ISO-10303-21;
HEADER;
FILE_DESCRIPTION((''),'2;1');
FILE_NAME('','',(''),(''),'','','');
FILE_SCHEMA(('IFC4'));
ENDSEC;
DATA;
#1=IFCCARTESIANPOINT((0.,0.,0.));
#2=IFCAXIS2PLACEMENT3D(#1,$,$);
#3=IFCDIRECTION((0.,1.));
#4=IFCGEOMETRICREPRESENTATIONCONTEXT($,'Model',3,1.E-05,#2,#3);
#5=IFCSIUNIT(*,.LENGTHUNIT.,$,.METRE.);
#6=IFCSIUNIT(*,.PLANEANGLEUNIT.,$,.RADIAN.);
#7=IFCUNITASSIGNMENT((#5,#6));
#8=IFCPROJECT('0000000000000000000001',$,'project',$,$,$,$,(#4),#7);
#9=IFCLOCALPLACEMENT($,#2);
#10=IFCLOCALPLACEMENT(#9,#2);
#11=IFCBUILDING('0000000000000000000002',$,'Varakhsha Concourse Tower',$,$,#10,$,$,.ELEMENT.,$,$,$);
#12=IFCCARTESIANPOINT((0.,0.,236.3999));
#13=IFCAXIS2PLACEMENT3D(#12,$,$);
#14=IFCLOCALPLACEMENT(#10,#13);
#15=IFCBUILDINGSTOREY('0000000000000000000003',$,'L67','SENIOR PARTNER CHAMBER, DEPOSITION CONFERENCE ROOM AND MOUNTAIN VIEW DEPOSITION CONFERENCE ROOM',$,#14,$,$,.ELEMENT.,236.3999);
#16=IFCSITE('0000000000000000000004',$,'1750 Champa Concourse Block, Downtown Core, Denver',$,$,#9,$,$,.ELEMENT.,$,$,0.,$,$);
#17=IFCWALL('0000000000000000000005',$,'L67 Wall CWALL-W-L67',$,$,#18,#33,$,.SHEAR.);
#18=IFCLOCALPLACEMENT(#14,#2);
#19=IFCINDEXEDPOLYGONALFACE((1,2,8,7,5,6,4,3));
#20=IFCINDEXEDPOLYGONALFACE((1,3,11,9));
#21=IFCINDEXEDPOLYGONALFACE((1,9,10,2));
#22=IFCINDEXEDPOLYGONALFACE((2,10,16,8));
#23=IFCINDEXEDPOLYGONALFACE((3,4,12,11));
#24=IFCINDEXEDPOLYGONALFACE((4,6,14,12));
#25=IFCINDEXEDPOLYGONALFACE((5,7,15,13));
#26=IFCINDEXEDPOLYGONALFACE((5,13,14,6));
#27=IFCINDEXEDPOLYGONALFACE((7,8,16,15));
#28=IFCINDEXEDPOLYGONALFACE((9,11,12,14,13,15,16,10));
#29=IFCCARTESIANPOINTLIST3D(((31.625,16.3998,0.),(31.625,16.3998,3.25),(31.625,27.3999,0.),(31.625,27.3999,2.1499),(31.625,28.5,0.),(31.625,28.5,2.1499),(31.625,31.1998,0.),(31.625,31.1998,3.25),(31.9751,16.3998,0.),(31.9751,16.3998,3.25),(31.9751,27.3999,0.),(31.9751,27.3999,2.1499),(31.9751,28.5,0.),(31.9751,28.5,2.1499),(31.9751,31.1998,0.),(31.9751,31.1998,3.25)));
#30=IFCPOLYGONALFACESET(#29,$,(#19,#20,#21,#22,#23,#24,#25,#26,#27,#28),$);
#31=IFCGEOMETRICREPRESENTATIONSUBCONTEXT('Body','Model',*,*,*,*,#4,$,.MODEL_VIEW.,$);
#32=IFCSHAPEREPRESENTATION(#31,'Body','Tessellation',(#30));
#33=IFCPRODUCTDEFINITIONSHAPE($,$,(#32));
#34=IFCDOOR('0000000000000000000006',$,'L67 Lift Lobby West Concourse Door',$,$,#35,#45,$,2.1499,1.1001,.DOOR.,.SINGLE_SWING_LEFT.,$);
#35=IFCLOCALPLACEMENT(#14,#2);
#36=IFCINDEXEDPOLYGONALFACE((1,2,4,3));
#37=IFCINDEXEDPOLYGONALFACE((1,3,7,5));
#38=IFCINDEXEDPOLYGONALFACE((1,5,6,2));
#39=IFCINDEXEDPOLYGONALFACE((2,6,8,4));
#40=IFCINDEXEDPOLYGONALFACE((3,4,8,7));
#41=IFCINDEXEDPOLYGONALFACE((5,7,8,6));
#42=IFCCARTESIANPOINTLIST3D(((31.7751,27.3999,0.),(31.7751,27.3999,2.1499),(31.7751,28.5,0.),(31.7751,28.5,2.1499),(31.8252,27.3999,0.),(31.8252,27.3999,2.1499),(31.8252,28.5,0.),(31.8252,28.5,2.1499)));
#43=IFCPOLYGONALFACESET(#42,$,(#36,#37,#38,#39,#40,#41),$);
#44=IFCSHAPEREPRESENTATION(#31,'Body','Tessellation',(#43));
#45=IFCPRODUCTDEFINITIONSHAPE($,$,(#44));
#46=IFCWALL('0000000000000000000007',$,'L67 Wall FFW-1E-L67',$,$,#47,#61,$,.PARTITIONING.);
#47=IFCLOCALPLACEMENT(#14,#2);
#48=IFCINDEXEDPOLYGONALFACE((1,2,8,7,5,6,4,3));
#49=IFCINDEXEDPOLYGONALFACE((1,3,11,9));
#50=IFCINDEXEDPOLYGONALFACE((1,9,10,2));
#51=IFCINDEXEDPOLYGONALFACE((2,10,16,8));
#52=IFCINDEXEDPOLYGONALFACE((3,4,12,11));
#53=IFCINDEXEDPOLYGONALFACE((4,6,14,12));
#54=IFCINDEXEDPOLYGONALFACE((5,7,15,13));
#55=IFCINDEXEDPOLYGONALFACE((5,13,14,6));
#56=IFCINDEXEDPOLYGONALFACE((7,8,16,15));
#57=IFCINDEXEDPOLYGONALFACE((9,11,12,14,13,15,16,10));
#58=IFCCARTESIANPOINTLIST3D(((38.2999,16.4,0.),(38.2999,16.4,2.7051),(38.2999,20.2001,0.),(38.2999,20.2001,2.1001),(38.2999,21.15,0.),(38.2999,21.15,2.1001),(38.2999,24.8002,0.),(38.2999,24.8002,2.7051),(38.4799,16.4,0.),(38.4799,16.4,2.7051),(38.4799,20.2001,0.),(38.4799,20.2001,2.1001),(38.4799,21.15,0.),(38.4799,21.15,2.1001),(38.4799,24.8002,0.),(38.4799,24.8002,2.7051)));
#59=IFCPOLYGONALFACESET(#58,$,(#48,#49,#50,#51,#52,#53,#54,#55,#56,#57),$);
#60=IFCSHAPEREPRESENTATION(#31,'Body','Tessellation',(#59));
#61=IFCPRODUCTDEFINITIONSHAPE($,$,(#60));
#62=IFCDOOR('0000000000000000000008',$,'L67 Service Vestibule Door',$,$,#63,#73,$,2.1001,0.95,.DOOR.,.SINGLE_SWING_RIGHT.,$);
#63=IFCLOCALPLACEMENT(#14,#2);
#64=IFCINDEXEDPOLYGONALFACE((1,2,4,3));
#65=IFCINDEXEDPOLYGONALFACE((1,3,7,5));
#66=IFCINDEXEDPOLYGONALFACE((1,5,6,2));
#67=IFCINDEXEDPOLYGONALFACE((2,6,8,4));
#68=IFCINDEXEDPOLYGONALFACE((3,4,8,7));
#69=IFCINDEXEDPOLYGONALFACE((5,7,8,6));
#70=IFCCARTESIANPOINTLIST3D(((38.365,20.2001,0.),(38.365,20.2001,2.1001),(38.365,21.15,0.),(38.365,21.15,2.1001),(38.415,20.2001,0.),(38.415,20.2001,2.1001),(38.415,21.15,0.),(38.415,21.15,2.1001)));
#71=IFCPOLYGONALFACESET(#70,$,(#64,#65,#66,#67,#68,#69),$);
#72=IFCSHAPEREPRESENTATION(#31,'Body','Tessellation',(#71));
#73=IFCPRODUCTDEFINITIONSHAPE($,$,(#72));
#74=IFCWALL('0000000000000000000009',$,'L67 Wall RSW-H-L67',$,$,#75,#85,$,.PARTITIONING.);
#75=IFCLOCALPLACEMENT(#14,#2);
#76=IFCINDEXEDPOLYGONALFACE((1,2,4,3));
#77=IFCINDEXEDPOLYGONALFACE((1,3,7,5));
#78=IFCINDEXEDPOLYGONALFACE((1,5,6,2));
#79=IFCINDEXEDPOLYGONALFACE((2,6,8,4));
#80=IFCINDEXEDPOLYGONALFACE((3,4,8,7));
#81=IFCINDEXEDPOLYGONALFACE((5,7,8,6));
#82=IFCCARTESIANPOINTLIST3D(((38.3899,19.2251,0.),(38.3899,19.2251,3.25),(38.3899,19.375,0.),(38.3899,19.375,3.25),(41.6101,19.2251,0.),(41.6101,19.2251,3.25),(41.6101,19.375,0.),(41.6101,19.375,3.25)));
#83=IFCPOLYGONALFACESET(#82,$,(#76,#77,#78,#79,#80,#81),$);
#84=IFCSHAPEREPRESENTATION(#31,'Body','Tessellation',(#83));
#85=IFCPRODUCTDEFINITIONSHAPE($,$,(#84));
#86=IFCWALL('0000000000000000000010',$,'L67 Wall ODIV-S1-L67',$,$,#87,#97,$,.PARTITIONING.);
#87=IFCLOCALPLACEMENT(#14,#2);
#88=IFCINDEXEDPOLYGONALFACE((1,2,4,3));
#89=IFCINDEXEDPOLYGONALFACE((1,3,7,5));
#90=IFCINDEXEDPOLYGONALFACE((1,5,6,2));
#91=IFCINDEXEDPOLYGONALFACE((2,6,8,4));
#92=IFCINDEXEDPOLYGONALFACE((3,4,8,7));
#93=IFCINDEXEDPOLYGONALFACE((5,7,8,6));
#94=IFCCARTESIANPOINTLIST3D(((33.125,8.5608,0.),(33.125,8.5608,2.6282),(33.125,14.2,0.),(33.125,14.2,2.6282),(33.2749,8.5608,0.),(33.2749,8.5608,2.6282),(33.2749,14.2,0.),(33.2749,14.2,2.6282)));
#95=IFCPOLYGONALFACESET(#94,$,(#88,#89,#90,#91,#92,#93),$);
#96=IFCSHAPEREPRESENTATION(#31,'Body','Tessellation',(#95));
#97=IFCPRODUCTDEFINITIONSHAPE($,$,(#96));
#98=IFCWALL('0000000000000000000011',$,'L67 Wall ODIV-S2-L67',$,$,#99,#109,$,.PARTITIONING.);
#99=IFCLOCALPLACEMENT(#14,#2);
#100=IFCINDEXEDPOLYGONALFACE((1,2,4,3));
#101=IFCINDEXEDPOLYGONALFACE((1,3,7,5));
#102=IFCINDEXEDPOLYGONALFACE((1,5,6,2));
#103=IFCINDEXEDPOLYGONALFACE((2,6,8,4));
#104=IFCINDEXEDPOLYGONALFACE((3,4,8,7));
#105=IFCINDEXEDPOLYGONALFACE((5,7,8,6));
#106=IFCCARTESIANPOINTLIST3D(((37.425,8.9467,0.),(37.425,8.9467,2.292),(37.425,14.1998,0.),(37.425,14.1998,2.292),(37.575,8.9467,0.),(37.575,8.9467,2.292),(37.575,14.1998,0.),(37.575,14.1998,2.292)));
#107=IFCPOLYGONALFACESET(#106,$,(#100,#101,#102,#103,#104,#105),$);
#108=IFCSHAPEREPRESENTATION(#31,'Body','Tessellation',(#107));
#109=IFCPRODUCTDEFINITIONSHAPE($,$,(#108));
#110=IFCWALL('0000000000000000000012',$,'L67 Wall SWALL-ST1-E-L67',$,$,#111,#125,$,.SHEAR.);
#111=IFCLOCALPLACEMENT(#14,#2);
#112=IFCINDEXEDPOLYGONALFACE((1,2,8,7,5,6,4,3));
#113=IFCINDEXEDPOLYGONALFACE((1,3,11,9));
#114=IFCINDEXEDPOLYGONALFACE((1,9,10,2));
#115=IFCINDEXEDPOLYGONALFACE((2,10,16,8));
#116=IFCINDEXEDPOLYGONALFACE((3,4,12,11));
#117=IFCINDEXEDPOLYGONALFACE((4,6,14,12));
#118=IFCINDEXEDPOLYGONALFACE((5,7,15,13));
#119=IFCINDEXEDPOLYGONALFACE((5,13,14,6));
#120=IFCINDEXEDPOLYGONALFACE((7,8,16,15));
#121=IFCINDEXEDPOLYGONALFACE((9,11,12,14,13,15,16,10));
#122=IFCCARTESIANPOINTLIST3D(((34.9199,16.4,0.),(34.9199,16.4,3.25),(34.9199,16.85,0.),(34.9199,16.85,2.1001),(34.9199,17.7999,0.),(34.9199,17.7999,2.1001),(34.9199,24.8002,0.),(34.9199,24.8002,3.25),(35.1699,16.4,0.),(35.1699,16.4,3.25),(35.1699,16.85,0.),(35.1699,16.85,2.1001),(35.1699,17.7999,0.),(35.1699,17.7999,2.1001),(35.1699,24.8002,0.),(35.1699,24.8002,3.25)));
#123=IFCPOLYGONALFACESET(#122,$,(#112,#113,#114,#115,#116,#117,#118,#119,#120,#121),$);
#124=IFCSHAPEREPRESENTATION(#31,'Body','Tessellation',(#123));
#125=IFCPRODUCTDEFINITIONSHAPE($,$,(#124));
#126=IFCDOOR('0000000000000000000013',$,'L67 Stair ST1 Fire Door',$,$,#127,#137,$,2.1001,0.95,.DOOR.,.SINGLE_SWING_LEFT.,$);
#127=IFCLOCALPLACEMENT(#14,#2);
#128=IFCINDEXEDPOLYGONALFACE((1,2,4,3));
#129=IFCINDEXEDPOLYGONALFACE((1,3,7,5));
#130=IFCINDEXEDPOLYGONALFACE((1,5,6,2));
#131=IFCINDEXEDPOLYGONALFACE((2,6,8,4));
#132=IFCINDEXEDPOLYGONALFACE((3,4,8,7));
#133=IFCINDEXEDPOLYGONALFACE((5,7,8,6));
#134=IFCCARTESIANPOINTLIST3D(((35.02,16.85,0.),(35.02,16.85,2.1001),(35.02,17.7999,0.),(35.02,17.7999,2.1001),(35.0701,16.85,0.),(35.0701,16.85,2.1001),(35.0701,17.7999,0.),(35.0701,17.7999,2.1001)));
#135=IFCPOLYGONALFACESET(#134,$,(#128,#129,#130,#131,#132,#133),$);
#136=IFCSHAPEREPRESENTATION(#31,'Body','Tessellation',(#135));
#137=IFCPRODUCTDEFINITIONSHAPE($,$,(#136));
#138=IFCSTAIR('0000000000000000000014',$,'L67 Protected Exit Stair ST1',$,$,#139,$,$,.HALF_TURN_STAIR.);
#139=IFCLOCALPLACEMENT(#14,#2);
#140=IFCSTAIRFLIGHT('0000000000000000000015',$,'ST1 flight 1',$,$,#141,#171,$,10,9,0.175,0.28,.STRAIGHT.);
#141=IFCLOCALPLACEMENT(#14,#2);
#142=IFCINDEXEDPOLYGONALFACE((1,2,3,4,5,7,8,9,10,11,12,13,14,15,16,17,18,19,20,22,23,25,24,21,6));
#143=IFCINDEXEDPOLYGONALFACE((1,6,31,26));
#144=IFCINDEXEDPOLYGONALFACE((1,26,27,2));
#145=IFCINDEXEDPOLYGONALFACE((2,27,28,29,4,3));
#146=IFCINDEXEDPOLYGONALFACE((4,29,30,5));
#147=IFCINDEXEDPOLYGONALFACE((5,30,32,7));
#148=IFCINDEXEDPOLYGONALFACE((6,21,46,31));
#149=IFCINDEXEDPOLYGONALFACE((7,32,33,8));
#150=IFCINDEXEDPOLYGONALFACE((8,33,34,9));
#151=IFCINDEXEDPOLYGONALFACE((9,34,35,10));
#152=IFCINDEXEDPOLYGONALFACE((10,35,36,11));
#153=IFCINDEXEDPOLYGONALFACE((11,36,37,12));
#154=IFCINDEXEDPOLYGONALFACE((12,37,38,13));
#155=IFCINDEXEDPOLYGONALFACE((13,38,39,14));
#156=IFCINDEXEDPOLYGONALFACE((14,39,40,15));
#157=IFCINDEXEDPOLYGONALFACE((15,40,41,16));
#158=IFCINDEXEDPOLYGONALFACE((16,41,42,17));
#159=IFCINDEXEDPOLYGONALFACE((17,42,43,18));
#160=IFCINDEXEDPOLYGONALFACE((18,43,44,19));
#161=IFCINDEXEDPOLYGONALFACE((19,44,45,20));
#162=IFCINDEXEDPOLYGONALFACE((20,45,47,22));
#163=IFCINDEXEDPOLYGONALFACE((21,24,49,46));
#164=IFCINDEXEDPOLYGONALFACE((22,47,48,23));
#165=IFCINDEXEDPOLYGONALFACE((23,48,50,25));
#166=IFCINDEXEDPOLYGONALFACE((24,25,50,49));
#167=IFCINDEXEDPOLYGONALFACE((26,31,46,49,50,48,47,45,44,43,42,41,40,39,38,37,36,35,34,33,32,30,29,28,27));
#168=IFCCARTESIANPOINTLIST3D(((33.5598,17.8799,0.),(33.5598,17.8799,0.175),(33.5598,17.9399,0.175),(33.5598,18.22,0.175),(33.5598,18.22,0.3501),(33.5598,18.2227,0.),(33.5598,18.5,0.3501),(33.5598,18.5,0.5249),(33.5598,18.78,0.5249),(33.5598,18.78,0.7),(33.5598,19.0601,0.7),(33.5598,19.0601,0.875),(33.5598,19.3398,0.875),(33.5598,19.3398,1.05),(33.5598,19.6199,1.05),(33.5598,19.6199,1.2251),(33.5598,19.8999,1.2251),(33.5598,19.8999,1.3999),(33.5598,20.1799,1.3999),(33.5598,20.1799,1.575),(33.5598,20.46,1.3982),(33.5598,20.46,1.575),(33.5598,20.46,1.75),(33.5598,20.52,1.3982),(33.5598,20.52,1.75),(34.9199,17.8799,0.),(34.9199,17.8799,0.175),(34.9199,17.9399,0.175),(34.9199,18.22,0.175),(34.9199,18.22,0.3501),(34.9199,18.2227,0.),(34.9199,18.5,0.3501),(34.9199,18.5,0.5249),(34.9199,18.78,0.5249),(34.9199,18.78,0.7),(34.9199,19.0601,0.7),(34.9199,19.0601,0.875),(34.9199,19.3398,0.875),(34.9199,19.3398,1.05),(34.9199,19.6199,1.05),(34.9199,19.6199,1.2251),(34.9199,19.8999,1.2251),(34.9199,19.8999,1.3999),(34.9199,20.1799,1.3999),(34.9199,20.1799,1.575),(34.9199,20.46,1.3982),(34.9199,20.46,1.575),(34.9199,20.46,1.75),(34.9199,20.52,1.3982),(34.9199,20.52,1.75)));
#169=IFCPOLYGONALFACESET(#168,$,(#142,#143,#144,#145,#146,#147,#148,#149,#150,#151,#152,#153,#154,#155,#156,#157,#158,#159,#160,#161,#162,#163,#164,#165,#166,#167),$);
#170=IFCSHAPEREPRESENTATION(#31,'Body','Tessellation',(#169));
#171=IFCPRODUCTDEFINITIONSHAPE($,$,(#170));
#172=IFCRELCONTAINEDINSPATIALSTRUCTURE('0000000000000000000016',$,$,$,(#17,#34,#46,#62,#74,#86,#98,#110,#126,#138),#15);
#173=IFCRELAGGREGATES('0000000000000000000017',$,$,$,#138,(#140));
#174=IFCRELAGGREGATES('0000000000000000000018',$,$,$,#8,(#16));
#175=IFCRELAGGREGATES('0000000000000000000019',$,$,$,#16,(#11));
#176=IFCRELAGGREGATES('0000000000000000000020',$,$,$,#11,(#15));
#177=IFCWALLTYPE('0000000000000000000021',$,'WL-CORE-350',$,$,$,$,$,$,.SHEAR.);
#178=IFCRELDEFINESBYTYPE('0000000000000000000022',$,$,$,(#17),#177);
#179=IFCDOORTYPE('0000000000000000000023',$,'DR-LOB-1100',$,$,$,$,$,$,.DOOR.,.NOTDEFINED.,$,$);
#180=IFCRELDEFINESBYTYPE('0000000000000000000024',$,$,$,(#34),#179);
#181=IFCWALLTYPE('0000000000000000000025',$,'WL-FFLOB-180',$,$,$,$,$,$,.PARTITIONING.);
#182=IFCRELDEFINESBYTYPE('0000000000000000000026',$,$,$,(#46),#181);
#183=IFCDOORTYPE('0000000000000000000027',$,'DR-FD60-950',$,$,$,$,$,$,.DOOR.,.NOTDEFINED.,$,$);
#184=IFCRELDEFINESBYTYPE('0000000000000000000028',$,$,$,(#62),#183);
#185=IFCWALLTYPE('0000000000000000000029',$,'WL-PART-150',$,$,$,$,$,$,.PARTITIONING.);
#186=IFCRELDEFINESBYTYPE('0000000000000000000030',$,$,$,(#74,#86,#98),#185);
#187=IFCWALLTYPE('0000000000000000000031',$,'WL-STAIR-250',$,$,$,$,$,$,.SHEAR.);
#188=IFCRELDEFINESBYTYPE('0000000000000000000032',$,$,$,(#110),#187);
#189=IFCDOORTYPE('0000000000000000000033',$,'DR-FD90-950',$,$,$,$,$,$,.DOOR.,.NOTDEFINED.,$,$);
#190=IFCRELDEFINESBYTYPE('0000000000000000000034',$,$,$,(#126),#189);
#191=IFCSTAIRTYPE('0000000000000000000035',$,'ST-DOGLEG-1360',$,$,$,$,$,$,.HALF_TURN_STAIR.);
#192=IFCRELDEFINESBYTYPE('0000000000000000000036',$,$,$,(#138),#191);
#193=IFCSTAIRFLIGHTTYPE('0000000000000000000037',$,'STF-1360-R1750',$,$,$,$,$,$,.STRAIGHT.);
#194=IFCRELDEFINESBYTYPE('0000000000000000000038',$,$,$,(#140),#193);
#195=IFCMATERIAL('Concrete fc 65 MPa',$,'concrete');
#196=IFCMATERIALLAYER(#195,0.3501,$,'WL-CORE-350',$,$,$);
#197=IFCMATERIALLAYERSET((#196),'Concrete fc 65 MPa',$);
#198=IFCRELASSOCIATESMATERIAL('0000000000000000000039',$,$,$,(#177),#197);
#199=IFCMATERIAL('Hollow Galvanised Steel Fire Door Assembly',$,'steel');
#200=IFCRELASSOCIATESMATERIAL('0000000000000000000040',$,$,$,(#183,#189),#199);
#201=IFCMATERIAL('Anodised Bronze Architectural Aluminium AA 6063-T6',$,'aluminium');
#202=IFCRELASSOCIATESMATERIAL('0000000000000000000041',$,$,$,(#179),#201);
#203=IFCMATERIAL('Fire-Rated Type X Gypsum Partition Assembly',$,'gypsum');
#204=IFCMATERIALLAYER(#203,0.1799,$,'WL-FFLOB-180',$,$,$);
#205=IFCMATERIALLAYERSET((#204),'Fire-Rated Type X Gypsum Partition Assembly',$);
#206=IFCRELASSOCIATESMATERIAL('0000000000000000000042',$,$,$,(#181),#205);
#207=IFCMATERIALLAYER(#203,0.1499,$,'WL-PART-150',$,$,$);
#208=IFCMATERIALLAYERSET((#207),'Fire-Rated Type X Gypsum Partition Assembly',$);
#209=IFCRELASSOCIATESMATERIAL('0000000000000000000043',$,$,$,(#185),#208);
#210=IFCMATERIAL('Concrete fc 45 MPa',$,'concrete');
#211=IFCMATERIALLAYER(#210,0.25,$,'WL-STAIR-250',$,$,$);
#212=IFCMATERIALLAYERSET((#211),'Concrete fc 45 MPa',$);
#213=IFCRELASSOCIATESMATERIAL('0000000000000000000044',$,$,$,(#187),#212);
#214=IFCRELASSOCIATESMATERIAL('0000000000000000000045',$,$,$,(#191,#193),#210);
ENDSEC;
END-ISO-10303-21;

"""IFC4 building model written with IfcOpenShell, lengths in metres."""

from ifc_helpers import new_model, si_unit, direction, frame, frame_2d, origin, place, context, subcontext, project, spatial, polyline, rectangle, outline, extrude, material, layer, layer_set, type_object, element, fill, aggregate, save


model = new_model("IFC4")

# Units and contexts
model_context = context("Model", 3, precision=1e-05, world=origin(), true_north=direction((0.0, 1.0)))
body_context = subcontext(model_context, "Body", "Model", "MODEL_VIEW")
ifc_project = project(units=[si_unit("LENGTHUNIT", "METRE"), si_unit("PLANEANGLEUNIT", "RADIAN")], contexts=[model_context])

# Site, building, storey
site_placement = place(None, origin())
site = spatial("IfcSite", under=ifc_project, at=site_placement, Name="1750 Champa Concourse Block, Downtown Core, Denver", CompositionType="ELEMENT", RefElevation=0.0)
building_placement = place(site_placement, origin())
building = spatial("IfcBuilding", under=site, at=building_placement, Name="Varakhsha Concourse Tower", CompositionType="ELEMENT")
storey_placement = place(building_placement, frame((0.0, 0.0, 236.3999)))
storey = spatial("IfcBuildingStorey", under=building, at=storey_placement, Name="L67", Description="SENIOR PARTNER CHAMBER, DEPOSITION CONFERENCE ROOM AND MOUNTAIN VIEW DEPOSITION CONFERENCE ROOM", CompositionType="ELEMENT", Elevation=236.3999)

# Shared definitions
ifc_material_1 = material(Name="Concrete fc 65 MPa", Category="concrete")

# Shared definitions
ifc_material_2 = material(Name="Anodised Bronze Architectural Aluminium AA 6063-T6", Category="aluminium")

# Shared definitions
ifc_layer_1 = layer(ifc_material_1, 0.3501, Name="WL-CORE-350")
ifc_layer_set_1 = layer_set([ifc_layer_1], Name="Concrete fc 65 MPa")
wall_type_1 = type_object("IfcWallType", Name="WL-CORE-350", PredefinedType="SHEAR", material=ifc_layer_set_1)
ifc_material_3 = material(Name="Hollow Galvanised Steel Fire Door Assembly", Category="steel")
door_type_1 = type_object("IfcDoorType", Name="DR-FD60-950", OperationType="NOTDEFINED", PredefinedType="DOOR", material=ifc_material_3)

# Walls, openings, doors
wall_1_placement = place(storey_placement, frame((31.8, 16.3999, 0.0), z_axis=(0.0, 0.0, 1.0), x_axis=(0.0, 1.0, 0.0)))
wall_1 = element("IfcWall", 1, at=wall_1_placement, inside=storey, type_object=wall_type_1, Name="L67 Wall CWALL-W-L67", PredefinedType="SHEAR", context=body_context, shape_type="SweptSolid", body=[
    extrude(rectangle(XDim=14.8, YDim=0.3501, at=frame_2d((7.3999, 0.0))), origin(), (0.0, 0.0, 1.0), 3.25),
])
opening_1_placement = place(wall_1_placement, frame((11.0, 0.0, 0.0)))
opening_1 = element("IfcOpeningElement", 2, at=opening_1_placement, cuts=wall_1, PredefinedType="OPENING", context=body_context, shape_type="SweptSolid", body=[
    extrude(rectangle(XDim=1.1001, YDim=2.1499, at=frame_2d((0.55, 1.075))), frame((0.0, 0.1851, 0.0), z_axis=(0.0, -1.0, 0.0), x_axis=(1.0, 0.0, 0.0)), (0.0, 0.0, 1.0), 0.3701),
])
door_type_2 = type_object("IfcDoorType", Name="DR-LOB-1100", OperationType="NOTDEFINED", PredefinedType="DOOR", material=ifc_material_2)
door_1_placement = place(opening_1_placement, origin())
door_1 = element("IfcDoor", 3, at=door_1_placement, inside=storey, type_object=door_type_2, Name="L67 Lift Lobby West Concourse Door", OperationType="SINGLE_SWING_LEFT", OverallHeight=2.1499, OverallWidth=1.1001, PredefinedType="DOOR", context=body_context, shape_type="SweptSolid", body=[
    extrude(rectangle(XDim=1.1001, YDim=2.1499, at=frame_2d((0.55, 1.075))), frame((0.0, 0.0249, 0.0), z_axis=(0.0, -1.0, 0.0), x_axis=(1.0, 0.0, 0.0)), (0.0, 0.0, 1.0), 0.05),
])
fill(opening_1, door_1)
ifc_material_4 = material(Name="Fire-Rated Type X Gypsum Partition Assembly", Category="gypsum")
ifc_layer_2 = layer(ifc_material_4, 0.1799, Name="WL-FFLOB-180")
ifc_layer_set_2 = layer_set([ifc_layer_2], Name="Fire-Rated Type X Gypsum Partition Assembly")
wall_type_2 = type_object("IfcWallType", Name="WL-FFLOB-180", PredefinedType="PARTITIONING", material=ifc_layer_set_2)
wall_2_placement = place(storey_placement, frame((38.3899, 16.3999, 0.0), z_axis=(0.0, 0.0, 1.0), x_axis=(0.0, 1.0, 0.0)))
wall_2 = element("IfcWall", 4, at=wall_2_placement, inside=storey, type_object=wall_type_2, Name="L67 Wall FFW-1E-L67", PredefinedType="PARTITIONING", context=body_context, shape_type="SweptSolid", body=[
    extrude(rectangle(XDim=8.4001, YDim=0.1799, at=frame_2d((4.2002, 0.0))), origin(), (0.0, 0.0, 1.0), 2.7051),
])
opening_2_placement = place(wall_2_placement, frame((3.8, 0.0, 0.0)))
opening_2 = element("IfcOpeningElement", 5, at=opening_2_placement, cuts=wall_2, PredefinedType="OPENING", context=body_context, shape_type="SweptSolid", body=[
    extrude(rectangle(XDim=0.95, YDim=2.1001, at=frame_2d((0.4751, 1.05))), frame((0.0, 0.0999, 0.0), z_axis=(0.0, -1.0, 0.0), x_axis=(1.0, 0.0, 0.0)), (0.0, 0.0, 1.0), 0.2),
])
door_2_placement = place(opening_2_placement, origin())
door_2 = element("IfcDoor", 6, at=door_2_placement, inside=storey, type_object=door_type_1, Name="L67 Service Vestibule Door", OperationType="SINGLE_SWING_RIGHT", OverallHeight=2.1001, OverallWidth=0.95, PredefinedType="DOOR", context=body_context, shape_type="SweptSolid", body=[
    extrude(rectangle(XDim=0.95, YDim=2.1001, at=frame_2d((0.4751, 1.05))), frame((0.0, 0.0249, 0.0), z_axis=(0.0, -1.0, 0.0), x_axis=(1.0, 0.0, 0.0)), (0.0, 0.0, 1.0), 0.05),
])
fill(opening_2, door_2)

# Walls
ifc_layer_3 = layer(ifc_material_4, 0.1499, Name="WL-PART-150")
ifc_layer_set_3 = layer_set([ifc_layer_3], Name="Fire-Rated Type X Gypsum Partition Assembly")
wall_type_3 = type_object("IfcWallType", Name="WL-PART-150", PredefinedType="PARTITIONING", material=ifc_layer_set_3)
wall_3_placement = place(storey_placement, frame((38.3899, 19.3, 0.0), z_axis=(0.0, 0.0, 1.0), x_axis=(1.0, 0.0, 0.0)))
element("IfcWall", 7, at=wall_3_placement, inside=storey, type_object=wall_type_3, Name="L67 Wall RSW-H-L67", PredefinedType="PARTITIONING", context=body_context, shape_type="SweptSolid", body=[
    extrude(rectangle(XDim=3.2202, YDim=0.1499, at=frame_2d((1.6101, 0.0))), origin(), (0.0, 0.0, 1.0), 3.25),
])
wall_4_placement = place(storey_placement, frame((33.2, 8.5608, 0.0), z_axis=(0.0, 0.0, 1.0), x_axis=(0.0, 1.0, 0.0)))
element("IfcWall", 8, at=wall_4_placement, inside=storey, type_object=wall_type_3, Name="L67 Wall ODIV-S1-L67", PredefinedType="PARTITIONING", context=body_context, shape_type="SweptSolid", body=[
    extrude(rectangle(XDim=5.6392, YDim=0.1499, at=frame_2d((2.8196, 0.0))), origin(), (0.0, 0.0, 1.0), 2.6282),
])
wall_5_placement = place(storey_placement, frame((37.5, 8.9468, 0.0), z_axis=(0.0, 0.0, 1.0), x_axis=(0.0, 1.0, 0.0)))
element("IfcWall", 9, at=wall_5_placement, inside=storey, type_object=wall_type_3, Name="L67 Wall ODIV-S2-L67", PredefinedType="PARTITIONING", context=body_context, shape_type="SweptSolid", body=[
    extrude(rectangle(XDim=5.2532, YDim=0.1499, at=frame_2d((2.6265, 0.0))), origin(), (0.0, 0.0, 1.0), 2.292),
])

# Wall, opening, door
ifc_material_5 = material(Name="Concrete fc 45 MPa", Category="concrete")
ifc_layer_4 = layer(ifc_material_5, 0.25, Name="WL-STAIR-250")
ifc_layer_set_4 = layer_set([ifc_layer_4], Name="Concrete fc 45 MPa")
wall_type_4 = type_object("IfcWallType", Name="WL-STAIR-250", PredefinedType="SHEAR", material=ifc_layer_set_4)
wall_6_placement = place(storey_placement, frame((35.0449, 16.3999, 0.0), z_axis=(0.0, 0.0, 1.0), x_axis=(0.0, 1.0, 0.0)))
wall_6 = element("IfcWall", 10, at=wall_6_placement, inside=storey, type_object=wall_type_4, Name="L67 Wall SWALL-ST1-E-L67", PredefinedType="SHEAR", context=body_context, shape_type="SweptSolid", body=[
    extrude(rectangle(XDim=8.4001, YDim=0.25, at=frame_2d((4.2002, 0.0))), origin(), (0.0, 0.0, 1.0), 3.25),
])
opening_3_placement = place(wall_6_placement, frame((0.45, 0.0, 0.0)))
opening_3 = element("IfcOpeningElement", 11, at=opening_3_placement, cuts=wall_6, PredefinedType="OPENING", context=body_context, shape_type="SweptSolid", body=[
    extrude(rectangle(XDim=0.95, YDim=2.1001, at=frame_2d((0.4751, 1.05))), frame((0.0, 0.135, 0.0), z_axis=(0.0, -1.0, 0.0), x_axis=(1.0, 0.0, 0.0)), (0.0, 0.0, 1.0), 0.27),
])
door_type_3 = type_object("IfcDoorType", Name="DR-FD90-950", OperationType="NOTDEFINED", PredefinedType="DOOR", material=ifc_material_3)
door_3_placement = place(opening_3_placement, origin())
door_3 = element("IfcDoor", 12, at=door_3_placement, inside=storey, type_object=door_type_3, Name="L67 Stair ST1 Fire Door", OperationType="SINGLE_SWING_LEFT", OverallHeight=2.1001, OverallWidth=0.95, PredefinedType="DOOR", context=body_context, shape_type="SweptSolid", body=[
    extrude(rectangle(XDim=0.95, YDim=2.1001, at=frame_2d((0.4751, 1.05))), frame((0.0, 0.0249, 0.0), z_axis=(0.0, -1.0, 0.0), x_axis=(1.0, 0.0, 0.0)), (0.0, 0.0, 1.0), 0.05),
])
fill(opening_3, door_3)

# Stair, stair flight
stair_type = type_object("IfcStairType", Name="ST-DOGLEG-1360", PredefinedType="HALF_TURN_STAIR", material=ifc_material_5)
stair_placement = place(storey_placement, origin())
stair = element("IfcStair", 13, at=stair_placement, inside=storey, type_object=stair_type, Name="L67 Protected Exit Stair ST1", PredefinedType="HALF_TURN_STAIR")
stair_flight_type = type_object("IfcStairFlightType", Name="STF-1360-R1750", PredefinedType="STRAIGHT", material=ifc_material_5)
stair_flight_placement = place(storey_placement, frame((34.24, 17.9399, 0.0), z_axis=(0.0, 0.0, 1.0), x_axis=(0.0, 1.0, 0.0)))
stair_flight = element("IfcStairFlight", 14, at=stair_flight_placement, type_object=stair_flight_type, Name="ST1 flight 1", NumberOfRisers=10, NumberOfTreads=9, PredefinedType="STRAIGHT", RiserHeight=0.175, TreadLength=0.28, context=body_context, shape_type="SweptSolid", body=[
    extrude(outline(polyline([(-0.0601, 0.0), (-0.0601, 0.175), (0.0, 0.175), (0.28, 0.175), (0.28, 0.3501), (0.5601, 0.3501), (0.5601, 0.5249), (0.8401, 0.5249), (0.8401, 0.7), (1.1201, 0.7), (1.1201, 0.875), (1.3999, 0.875), (1.3999, 1.05), (1.6799, 1.05), (1.6799, 1.2251), (1.96, 1.2251), (1.96, 1.3999), (2.24, 1.3999), (2.24, 1.575), (2.52, 1.575), (2.52, 1.75), (2.5801, 1.75), (2.5801, 1.3982), (2.52, 1.3982), (0.2827, 0.0), (-0.0601, 0.0)])), frame((0.0, 0.6802, 0.0), z_axis=(0.0, -1.0, 0.0), x_axis=(1.0, 0.0, 0.0)), (0.0, 0.0, 1.0), 1.3601),
])
aggregate(stair, [stair_flight])

save(model, "model.ifc")
